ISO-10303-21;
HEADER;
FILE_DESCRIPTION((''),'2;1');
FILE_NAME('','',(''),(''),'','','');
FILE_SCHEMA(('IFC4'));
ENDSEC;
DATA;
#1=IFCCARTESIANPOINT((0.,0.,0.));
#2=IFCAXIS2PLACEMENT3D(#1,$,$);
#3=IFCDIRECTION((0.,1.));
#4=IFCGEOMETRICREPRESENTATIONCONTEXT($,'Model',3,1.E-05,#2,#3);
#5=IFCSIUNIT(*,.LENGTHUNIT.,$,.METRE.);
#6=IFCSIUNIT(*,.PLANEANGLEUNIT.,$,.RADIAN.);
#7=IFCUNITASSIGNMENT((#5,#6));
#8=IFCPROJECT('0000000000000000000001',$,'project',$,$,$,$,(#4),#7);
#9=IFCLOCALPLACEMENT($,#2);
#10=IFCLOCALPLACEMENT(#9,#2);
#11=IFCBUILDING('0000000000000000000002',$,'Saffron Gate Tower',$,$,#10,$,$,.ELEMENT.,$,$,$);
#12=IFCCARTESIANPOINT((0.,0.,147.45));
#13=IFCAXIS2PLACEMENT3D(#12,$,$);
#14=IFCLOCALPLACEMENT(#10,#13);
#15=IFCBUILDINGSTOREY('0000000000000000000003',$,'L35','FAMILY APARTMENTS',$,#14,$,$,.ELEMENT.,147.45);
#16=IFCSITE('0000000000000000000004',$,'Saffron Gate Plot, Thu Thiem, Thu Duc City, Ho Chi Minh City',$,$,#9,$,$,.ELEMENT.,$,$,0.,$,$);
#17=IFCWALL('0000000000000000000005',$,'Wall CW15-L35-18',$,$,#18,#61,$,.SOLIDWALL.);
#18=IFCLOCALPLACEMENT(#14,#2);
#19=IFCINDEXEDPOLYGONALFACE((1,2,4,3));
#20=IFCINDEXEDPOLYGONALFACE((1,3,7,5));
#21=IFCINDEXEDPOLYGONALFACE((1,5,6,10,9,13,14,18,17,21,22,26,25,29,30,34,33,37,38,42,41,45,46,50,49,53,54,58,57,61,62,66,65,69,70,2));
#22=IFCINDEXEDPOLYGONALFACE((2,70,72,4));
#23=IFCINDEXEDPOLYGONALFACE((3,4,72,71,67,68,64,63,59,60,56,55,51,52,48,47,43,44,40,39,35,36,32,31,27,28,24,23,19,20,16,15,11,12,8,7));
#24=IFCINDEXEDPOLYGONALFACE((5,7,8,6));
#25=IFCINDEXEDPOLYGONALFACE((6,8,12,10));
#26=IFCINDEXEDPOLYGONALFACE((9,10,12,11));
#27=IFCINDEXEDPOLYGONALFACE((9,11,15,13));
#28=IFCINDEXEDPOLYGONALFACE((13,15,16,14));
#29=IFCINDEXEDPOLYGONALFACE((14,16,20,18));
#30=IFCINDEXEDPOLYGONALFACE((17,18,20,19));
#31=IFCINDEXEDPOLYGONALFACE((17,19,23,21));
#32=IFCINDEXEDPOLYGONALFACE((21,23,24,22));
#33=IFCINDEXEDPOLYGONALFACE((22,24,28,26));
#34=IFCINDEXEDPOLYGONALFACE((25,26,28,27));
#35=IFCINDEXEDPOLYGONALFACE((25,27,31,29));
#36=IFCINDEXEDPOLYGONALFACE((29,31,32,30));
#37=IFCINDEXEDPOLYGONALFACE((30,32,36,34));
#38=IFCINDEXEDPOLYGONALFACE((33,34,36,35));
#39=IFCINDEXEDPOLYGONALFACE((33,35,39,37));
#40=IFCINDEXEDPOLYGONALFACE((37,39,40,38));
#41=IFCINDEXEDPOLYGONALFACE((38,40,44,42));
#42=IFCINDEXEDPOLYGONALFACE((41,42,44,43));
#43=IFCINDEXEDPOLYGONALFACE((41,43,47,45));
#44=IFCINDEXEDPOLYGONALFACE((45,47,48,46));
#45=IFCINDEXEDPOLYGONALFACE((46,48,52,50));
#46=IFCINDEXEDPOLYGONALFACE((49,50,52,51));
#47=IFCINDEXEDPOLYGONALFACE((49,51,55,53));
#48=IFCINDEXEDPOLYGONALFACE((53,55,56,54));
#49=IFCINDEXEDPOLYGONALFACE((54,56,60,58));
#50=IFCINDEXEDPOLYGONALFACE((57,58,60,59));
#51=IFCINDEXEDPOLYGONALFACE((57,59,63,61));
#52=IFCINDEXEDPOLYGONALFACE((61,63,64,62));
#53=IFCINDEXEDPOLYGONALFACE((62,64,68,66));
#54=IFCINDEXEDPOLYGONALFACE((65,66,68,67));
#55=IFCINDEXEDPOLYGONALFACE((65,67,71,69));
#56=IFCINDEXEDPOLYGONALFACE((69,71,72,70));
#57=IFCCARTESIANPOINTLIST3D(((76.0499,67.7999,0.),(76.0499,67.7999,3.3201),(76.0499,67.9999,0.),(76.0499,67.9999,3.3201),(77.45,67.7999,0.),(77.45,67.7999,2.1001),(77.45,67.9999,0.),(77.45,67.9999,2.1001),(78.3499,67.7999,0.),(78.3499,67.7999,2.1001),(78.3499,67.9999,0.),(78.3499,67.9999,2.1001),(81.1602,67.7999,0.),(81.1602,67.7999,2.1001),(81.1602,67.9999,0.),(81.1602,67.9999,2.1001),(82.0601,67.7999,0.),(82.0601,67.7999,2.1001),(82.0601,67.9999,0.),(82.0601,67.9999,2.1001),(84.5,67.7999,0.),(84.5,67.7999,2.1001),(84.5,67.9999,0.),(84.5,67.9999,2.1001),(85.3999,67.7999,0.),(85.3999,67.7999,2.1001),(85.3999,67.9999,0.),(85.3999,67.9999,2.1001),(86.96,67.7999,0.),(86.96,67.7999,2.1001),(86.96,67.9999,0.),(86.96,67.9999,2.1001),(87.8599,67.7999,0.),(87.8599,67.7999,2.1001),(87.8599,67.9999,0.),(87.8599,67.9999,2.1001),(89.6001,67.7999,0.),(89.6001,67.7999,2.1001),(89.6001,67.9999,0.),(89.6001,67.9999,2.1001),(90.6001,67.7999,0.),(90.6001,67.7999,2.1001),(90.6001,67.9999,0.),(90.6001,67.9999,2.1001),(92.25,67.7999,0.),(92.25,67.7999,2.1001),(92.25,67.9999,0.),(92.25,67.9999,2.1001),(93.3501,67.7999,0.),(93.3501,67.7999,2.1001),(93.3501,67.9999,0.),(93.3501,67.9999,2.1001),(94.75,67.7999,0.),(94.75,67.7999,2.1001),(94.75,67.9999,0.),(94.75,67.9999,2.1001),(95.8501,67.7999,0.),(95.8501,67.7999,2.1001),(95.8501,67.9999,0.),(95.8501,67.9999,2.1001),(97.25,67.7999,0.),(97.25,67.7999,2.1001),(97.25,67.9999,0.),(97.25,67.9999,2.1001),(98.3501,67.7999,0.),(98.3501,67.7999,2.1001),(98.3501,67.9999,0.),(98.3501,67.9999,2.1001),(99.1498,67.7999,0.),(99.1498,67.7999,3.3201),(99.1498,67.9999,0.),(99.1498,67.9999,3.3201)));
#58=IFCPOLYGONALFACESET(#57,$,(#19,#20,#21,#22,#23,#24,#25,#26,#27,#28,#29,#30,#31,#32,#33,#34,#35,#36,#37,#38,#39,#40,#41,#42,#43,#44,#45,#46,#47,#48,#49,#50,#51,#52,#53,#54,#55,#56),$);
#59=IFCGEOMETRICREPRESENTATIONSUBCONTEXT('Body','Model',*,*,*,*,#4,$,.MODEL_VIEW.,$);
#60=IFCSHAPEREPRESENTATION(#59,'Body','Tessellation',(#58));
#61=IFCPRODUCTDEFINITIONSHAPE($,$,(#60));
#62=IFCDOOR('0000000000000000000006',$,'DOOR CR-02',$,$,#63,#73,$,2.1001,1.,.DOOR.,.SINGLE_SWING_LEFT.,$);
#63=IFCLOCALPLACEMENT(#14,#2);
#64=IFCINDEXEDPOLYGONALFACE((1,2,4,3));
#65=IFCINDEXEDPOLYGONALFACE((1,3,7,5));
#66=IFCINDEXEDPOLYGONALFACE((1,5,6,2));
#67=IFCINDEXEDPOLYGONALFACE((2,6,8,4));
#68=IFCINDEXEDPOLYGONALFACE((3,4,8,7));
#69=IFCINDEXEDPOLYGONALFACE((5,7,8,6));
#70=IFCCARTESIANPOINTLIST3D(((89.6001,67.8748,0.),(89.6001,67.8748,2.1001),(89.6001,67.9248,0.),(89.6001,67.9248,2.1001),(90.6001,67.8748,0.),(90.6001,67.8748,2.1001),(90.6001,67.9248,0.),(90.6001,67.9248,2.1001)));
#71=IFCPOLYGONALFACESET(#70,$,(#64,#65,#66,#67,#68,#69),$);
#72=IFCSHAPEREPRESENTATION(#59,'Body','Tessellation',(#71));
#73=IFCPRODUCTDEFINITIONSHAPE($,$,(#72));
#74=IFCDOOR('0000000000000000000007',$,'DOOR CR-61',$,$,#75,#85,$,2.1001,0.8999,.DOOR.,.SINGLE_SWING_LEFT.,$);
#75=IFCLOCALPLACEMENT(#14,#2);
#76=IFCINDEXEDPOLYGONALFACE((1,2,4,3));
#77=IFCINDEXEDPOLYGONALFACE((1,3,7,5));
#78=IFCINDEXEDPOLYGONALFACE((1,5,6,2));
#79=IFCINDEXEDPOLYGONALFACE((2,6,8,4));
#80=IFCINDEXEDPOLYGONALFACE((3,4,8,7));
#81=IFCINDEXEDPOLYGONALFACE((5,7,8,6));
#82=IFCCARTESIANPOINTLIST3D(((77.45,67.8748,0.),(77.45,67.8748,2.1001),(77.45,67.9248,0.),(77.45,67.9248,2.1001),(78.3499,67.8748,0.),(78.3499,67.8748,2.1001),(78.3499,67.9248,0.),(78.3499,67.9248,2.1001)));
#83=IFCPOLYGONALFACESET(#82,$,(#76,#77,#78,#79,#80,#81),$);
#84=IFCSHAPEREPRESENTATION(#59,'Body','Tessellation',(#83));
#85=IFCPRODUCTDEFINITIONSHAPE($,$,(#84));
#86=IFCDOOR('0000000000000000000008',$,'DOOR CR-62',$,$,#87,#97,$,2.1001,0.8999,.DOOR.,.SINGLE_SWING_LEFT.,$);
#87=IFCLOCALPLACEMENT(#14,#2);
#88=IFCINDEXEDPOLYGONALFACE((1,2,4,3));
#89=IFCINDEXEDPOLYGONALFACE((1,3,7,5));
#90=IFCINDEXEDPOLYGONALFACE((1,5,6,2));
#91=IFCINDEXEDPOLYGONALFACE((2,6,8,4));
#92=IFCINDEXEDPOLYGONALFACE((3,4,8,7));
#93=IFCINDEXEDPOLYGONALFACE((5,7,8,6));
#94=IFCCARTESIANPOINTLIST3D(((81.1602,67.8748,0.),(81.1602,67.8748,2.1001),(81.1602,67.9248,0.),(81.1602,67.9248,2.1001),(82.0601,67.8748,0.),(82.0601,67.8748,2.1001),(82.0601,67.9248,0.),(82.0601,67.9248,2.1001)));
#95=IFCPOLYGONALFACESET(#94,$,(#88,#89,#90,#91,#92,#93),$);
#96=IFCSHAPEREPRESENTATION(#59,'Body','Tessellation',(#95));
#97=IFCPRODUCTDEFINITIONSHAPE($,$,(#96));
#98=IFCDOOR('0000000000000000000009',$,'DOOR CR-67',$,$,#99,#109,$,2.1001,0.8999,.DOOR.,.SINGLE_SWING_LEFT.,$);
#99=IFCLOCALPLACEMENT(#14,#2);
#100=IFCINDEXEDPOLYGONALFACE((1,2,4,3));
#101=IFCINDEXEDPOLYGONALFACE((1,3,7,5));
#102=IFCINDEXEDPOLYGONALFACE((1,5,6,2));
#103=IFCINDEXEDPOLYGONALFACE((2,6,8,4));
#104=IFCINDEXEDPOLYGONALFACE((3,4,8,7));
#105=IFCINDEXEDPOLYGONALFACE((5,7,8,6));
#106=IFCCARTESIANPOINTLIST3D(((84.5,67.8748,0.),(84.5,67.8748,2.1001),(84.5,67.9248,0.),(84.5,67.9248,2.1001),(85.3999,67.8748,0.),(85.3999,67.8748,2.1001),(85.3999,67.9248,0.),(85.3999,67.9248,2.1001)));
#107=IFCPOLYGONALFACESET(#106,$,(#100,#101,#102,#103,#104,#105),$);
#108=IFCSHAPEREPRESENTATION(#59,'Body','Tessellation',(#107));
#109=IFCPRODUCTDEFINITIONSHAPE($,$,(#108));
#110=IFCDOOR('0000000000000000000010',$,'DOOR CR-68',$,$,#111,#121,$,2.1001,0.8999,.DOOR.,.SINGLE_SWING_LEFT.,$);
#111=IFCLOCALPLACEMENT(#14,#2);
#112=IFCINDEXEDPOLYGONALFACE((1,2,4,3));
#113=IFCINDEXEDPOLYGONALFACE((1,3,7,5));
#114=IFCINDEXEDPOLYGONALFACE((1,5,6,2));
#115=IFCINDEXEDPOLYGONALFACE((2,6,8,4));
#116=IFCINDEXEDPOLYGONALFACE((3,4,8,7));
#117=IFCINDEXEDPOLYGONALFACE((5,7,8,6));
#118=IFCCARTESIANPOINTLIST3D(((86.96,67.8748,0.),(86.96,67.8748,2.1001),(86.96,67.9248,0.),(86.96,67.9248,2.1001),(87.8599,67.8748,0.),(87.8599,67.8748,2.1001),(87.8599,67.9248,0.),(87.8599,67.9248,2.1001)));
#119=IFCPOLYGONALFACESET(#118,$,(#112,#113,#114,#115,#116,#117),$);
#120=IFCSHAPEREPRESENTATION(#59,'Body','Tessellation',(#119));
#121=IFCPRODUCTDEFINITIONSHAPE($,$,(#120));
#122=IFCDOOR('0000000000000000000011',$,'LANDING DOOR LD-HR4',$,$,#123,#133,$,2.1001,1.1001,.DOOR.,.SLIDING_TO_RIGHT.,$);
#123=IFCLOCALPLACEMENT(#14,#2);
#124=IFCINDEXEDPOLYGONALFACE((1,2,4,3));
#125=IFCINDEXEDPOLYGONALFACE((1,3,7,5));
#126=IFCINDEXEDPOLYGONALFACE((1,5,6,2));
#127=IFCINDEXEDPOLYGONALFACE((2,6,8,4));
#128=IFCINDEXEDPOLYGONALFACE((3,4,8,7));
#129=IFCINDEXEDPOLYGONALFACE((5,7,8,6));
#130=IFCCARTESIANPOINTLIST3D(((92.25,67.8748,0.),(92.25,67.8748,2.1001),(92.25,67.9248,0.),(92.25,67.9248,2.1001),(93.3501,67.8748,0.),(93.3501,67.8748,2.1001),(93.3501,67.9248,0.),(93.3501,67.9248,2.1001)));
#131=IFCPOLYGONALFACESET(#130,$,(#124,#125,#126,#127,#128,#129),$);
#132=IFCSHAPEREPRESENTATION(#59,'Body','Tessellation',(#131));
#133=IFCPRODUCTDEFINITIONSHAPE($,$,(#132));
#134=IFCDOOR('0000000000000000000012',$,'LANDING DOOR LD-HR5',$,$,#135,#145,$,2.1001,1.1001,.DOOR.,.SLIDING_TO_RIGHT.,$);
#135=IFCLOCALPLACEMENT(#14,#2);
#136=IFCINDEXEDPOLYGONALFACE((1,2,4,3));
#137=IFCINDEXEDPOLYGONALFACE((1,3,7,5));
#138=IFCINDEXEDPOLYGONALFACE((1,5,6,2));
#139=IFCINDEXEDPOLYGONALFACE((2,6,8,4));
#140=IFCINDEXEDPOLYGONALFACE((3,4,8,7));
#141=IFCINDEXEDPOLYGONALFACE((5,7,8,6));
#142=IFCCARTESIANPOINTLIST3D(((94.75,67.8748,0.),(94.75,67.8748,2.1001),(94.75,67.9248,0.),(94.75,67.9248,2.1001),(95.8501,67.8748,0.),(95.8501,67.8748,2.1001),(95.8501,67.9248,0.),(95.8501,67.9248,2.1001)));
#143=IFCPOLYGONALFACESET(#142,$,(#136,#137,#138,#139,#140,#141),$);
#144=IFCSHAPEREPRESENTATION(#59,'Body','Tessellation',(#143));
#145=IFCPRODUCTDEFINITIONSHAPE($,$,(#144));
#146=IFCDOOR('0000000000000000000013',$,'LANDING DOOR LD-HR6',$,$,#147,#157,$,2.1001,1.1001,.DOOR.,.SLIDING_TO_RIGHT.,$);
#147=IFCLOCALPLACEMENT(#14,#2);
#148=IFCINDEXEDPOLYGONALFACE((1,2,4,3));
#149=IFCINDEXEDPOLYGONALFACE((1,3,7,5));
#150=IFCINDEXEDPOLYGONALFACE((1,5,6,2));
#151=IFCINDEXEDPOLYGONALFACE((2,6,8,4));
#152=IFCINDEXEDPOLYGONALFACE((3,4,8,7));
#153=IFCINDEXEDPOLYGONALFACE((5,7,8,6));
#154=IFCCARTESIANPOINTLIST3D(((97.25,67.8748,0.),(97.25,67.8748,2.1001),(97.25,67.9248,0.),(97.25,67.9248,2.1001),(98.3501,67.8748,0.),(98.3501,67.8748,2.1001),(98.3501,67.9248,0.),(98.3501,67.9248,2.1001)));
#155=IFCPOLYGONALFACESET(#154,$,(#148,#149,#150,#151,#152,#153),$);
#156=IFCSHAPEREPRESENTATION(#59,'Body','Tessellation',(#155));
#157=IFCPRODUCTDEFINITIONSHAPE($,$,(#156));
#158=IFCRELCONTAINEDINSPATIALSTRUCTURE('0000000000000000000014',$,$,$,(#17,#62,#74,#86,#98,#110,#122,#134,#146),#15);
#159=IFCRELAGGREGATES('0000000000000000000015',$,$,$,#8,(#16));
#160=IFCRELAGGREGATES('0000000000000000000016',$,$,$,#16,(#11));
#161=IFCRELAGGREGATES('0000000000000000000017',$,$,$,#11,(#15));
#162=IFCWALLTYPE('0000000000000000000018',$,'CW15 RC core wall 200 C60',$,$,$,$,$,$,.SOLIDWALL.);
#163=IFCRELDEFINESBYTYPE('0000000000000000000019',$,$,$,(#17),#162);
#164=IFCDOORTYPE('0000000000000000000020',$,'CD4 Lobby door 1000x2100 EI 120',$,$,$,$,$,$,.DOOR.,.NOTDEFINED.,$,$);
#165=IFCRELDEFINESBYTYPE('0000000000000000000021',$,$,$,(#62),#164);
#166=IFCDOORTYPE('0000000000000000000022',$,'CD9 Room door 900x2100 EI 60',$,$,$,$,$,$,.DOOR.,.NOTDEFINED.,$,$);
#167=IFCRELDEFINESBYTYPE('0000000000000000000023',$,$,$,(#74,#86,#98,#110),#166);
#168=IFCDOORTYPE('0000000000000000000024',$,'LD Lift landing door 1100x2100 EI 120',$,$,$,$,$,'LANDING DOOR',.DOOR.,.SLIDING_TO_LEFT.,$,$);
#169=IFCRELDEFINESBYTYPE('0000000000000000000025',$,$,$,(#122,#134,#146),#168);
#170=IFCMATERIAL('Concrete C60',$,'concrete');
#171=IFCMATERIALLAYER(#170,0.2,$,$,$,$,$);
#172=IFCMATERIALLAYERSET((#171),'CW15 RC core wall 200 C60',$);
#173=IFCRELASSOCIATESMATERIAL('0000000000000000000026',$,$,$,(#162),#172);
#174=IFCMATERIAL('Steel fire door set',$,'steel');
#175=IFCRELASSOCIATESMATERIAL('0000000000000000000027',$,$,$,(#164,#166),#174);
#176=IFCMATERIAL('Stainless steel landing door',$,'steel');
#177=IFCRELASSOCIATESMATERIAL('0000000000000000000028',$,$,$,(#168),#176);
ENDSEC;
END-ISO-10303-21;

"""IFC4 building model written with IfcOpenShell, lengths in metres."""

from ifc_helpers import new_model, si_unit, direction, frame, frame_2d, origin, place, context, subcontext, project, spatial, rectangle, extrude, material, layer, layer_set, type_object, element, fill, save


model = new_model("IFC4")

# Units and contexts
model_context = context("Model", 3, precision=1e-05, world=origin(), true_north=direction((0.0, 1.0)))
body_context = subcontext(model_context, "Body", "Model", "MODEL_VIEW")
ifc_project = project(units=[si_unit("LENGTHUNIT", "METRE"), si_unit("PLANEANGLEUNIT", "RADIAN")], contexts=[model_context])

# Site, building, storey
site_placement = place(None, origin())
site = spatial("IfcSite", under=ifc_project, at=site_placement, Name="Saffron Gate Plot, Thu Thiem, Thu Duc City, Ho Chi Minh City", CompositionType="ELEMENT", RefElevation=0.0)
building_placement = place(site_placement, origin())
building = spatial("IfcBuilding", under=site, at=building_placement, Name="Saffron Gate Tower", CompositionType="ELEMENT")
storey_placement = place(building_placement, frame((0.0, 0.0, 147.45)))
storey = spatial("IfcBuildingStorey", under=building, at=storey_placement, Name="L35", Description="FAMILY APARTMENTS", CompositionType="ELEMENT", Elevation=147.45)

# Shared definitions
ifc_material_1 = material(Name="Concrete C60", Category="concrete")

# Shared definitions
ifc_material_2 = material(Name="Steel fire door set", Category="steel")

# Wall, openings, doors
ifc_layer_1 = layer(ifc_material_1, 0.2)
ifc_layer_set_1 = layer_set([ifc_layer_1], Name="CW15 RC core wall 200 C60")
wall_type_1 = type_object("IfcWallType", Name="CW15 RC core wall 200 C60", PredefinedType="SOLIDWALL", material=ifc_layer_set_1)
wall_1_placement = place(storey_placement, frame((76.05, 67.8999, 0.0), z_axis=(0.0, 0.0, 1.0), x_axis=(1.0, 0.0, 0.0)))
wall_1 = element("IfcWall", 1, at=wall_1_placement, inside=storey, type_object=wall_type_1, Name="Wall CW15-L35-18", PredefinedType="SOLIDWALL", context=body_context, shape_type="SweptSolid", body=[
    extrude(rectangle(XDim=23.0999, YDim=0.2, at=frame_2d((11.5498, 0.0))), origin(), (0.0, 0.0, 1.0), 3.3201),
])
opening_1_placement = place(wall_1_placement, frame((1.3999, 0.0, 0.0)))
opening_1 = element("IfcOpeningElement", 2, at=opening_1_placement, cuts=wall_1, PredefinedType="OPENING", context=body_context, shape_type="SweptSolid", body=[
    extrude(rectangle(XDim=0.8999, YDim=2.1001, at=frame_2d((0.45, 1.05))), frame((0.0, 0.1099, 0.0), z_axis=(0.0, -1.0, 0.0), x_axis=(1.0, 0.0, 0.0)), (0.0, 0.0, 1.0), 0.22),
])
opening_2_placement = place(wall_1_placement, frame((5.1101, 0.0, 0.0)))
opening_2 = element("IfcOpeningElement", 3, at=opening_2_placement, cuts=wall_1, PredefinedType="OPENING", context=body_context, shape_type="SweptSolid", body=[
    extrude(rectangle(XDim=0.8999, YDim=2.1001, at=frame_2d((0.45, 1.05))), frame((0.0, 0.1099, 0.0), z_axis=(0.0, -1.0, 0.0), x_axis=(1.0, 0.0, 0.0)), (0.0, 0.0, 1.0), 0.22),
])
opening_3_placement = place(wall_1_placement, frame((8.45, 0.0, 0.0)))
opening_3 = element("IfcOpeningElement", 4, at=opening_3_placement, cuts=wall_1, PredefinedType="OPENING", context=body_context, shape_type="SweptSolid", body=[
    extrude(rectangle(XDim=0.8999, YDim=2.1001, at=frame_2d((0.45, 1.05))), frame((0.0, 0.1099, 0.0), z_axis=(0.0, -1.0, 0.0), x_axis=(1.0, 0.0, 0.0)), (0.0, 0.0, 1.0), 0.22),
])
opening_4_placement = place(wall_1_placement, frame((10.9099, 0.0, 0.0)))
opening_4 = element("IfcOpeningElement", 5, at=opening_4_placement, cuts=wall_1, PredefinedType="OPENING", context=body_context, shape_type="SweptSolid", body=[
    extrude(rectangle(XDim=0.8999, YDim=2.1001, at=frame_2d((0.45, 1.05))), frame((0.0, 0.1099, 0.0), z_axis=(0.0, -1.0, 0.0), x_axis=(1.0, 0.0, 0.0)), (0.0, 0.0, 1.0), 0.22),
])
opening_5_placement = place(wall_1_placement, frame((13.55, 0.0, 0.0)))
opening_5 = element("IfcOpeningElement", 6, at=opening_5_placement, cuts=wall_1, PredefinedType="OPENING", context=body_context, shape_type="SweptSolid", body=[
    extrude(rectangle(XDim=1.0, YDim=2.1001, at=frame_2d((0.5, 1.05))), frame((0.0, 0.1099, 0.0), z_axis=(0.0, -1.0, 0.0), x_axis=(1.0, 0.0, 0.0)), (0.0, 0.0, 1.0), 0.22),
])
opening_6_placement = place(wall_1_placement, frame((16.2, 0.0, 0.0)))
opening_6 = element("IfcOpeningElement", 7, at=opening_6_placement, cuts=wall_1, PredefinedType="OPENING", context=body_context, shape_type="SweptSolid", body=[
    extrude(rectangle(XDim=1.1001, YDim=2.1001, at=frame_2d((0.55, 1.05))), frame((0.0, 0.1099, 0.0), z_axis=(0.0, -1.0, 0.0), x_axis=(1.0, 0.0, 0.0)), (0.0, 0.0, 1.0), 0.22),
])
opening_7_placement = place(wall_1_placement, frame((18.7, 0.0, 0.0)))
opening_7 = element("IfcOpeningElement", 8, at=opening_7_placement, cuts=wall_1, PredefinedType="OPENING", context=body_context, shape_type="SweptSolid", body=[
    extrude(rectangle(XDim=1.1001, YDim=2.1001, at=frame_2d((0.55, 1.05))), frame((0.0, 0.1099, 0.0), z_axis=(0.0, -1.0, 0.0), x_axis=(1.0, 0.0, 0.0)), (0.0, 0.0, 1.0), 0.22),
])
opening_8_placement = place(wall_1_placement, frame((21.2, 0.0, 0.0)))
opening_8 = element("IfcOpeningElement", 9, at=opening_8_placement, cuts=wall_1, PredefinedType="OPENING", context=body_context, shape_type="SweptSolid", body=[
    extrude(rectangle(XDim=1.1001, YDim=2.1001, at=frame_2d((0.55, 1.05))), frame((0.0, 0.1099, 0.0), z_axis=(0.0, -1.0, 0.0), x_axis=(1.0, 0.0, 0.0)), (0.0, 0.0, 1.0), 0.22),
])
door_type_1 = type_object("IfcDoorType", Name="CD4 Lobby door 1000x2100 EI 120", OperationType="NOTDEFINED", PredefinedType="DOOR", material=ifc_material_2)
door_1_placement = place(opening_5_placement, origin())
door_1 = element("IfcDoor", 10, at=door_1_placement, inside=storey, type_object=door_type_1, Name="DOOR CR-02", OperationType="SINGLE_SWING_LEFT", OverallHeight=2.1001, OverallWidth=1.0, PredefinedType="DOOR", context=body_context, shape_type="SweptSolid", body=[
    extrude(rectangle(XDim=1.0, YDim=2.1001, at=frame_2d((0.5, 1.05))), frame((0.0, 0.0249, 0.0), z_axis=(0.0, -1.0, 0.0), x_axis=(1.0, 0.0, 0.0)), (0.0, 0.0, 1.0), 0.05),
])
fill(opening_5, door_1)
door_type_2 = type_object("IfcDoorType", Name="CD9 Room door 900x2100 EI 60", OperationType="NOTDEFINED", PredefinedType="DOOR", material=ifc_material_2)
door_2_placement = place(opening_1_placement, origin())
door_2 = element("IfcDoor", 11, at=door_2_placement, inside=storey, type_object=door_type_2, Name="DOOR CR-61", OperationType="SINGLE_SWING_LEFT", OverallHeight=2.1001, OverallWidth=0.8999, PredefinedType="DOOR", context=body_context, shape_type="SweptSolid", body=[
    extrude(rectangle(XDim=0.8999, YDim=2.1001, at=frame_2d((0.45, 1.05))), frame((0.0, 0.0249, 0.0), z_axis=(0.0, -1.0, 0.0), x_axis=(1.0, 0.0, 0.0)), (0.0, 0.0, 1.0), 0.05),
])
fill(opening_1, door_2)
door_3_placement = place(opening_2_placement, origin())
door_3 = element("IfcDoor", 12, at=door_3_placement, inside=storey, type_object=door_type_2, Name="DOOR CR-62", OperationType="SINGLE_SWING_LEFT", OverallHeight=2.1001, OverallWidth=0.8999, PredefinedType="DOOR", context=body_context, shape_type="SweptSolid", body=[
    extrude(rectangle(XDim=0.8999, YDim=2.1001, at=frame_2d((0.45, 1.05))), frame((0.0, 0.0249, 0.0), z_axis=(0.0, -1.0, 0.0), x_axis=(1.0, 0.0, 0.0)), (0.0, 0.0, 1.0), 0.05),
])
fill(opening_2, door_3)
door_4_placement = place(opening_3_placement, origin())
door_4 = element("IfcDoor", 13, at=door_4_placement, inside=storey, type_object=door_type_2, Name="DOOR CR-67", OperationType="SINGLE_SWING_LEFT", OverallHeight=2.1001, OverallWidth=0.8999, PredefinedType="DOOR", context=body_context, shape_type="SweptSolid", body=[
    extrude(rectangle(XDim=0.8999, YDim=2.1001, at=frame_2d((0.45, 1.05))), frame((0.0, 0.0249, 0.0), z_axis=(0.0, -1.0, 0.0), x_axis=(1.0, 0.0, 0.0)), (0.0, 0.0, 1.0), 0.05),
])
fill(opening_3, door_4)
door_5_placement = place(opening_4_placement, origin())
door_5 = element("IfcDoor", 14, at=door_5_placement, inside=storey, type_object=door_type_2, Name="DOOR CR-68", OperationType="SINGLE_SWING_LEFT", OverallHeight=2.1001, OverallWidth=0.8999, PredefinedType="DOOR", context=body_context, shape_type="SweptSolid", body=[
    extrude(rectangle(XDim=0.8999, YDim=2.1001, at=frame_2d((0.45, 1.05))), frame((0.0, 0.0249, 0.0), z_axis=(0.0, -1.0, 0.0), x_axis=(1.0, 0.0, 0.0)), (0.0, 0.0, 1.0), 0.05),
])
fill(opening_4, door_5)
ifc_material_3 = material(Name="Stainless steel landing door", Category="steel")
door_type_3 = type_object("IfcDoorType", Name="LD Lift landing door 1100x2100 EI 120", ElementType="LANDING DOOR", OperationType="SLIDING_TO_LEFT", PredefinedType="DOOR", material=ifc_material_3)
door_6_placement = place(opening_6_placement, origin())
door_6 = element("IfcDoor", 15, at=door_6_placement, inside=storey, type_object=door_type_3, Name="LANDING DOOR LD-HR4", OperationType="SLIDING_TO_RIGHT", OverallHeight=2.1001, OverallWidth=1.1001, PredefinedType="DOOR", context=body_context, shape_type="SweptSolid", body=[
    extrude(rectangle(XDim=1.1001, YDim=2.1001, at=frame_2d((0.55, 1.05))), frame((0.0, 0.0249, 0.0), z_axis=(0.0, -1.0, 0.0), x_axis=(1.0, 0.0, 0.0)), (0.0, 0.0, 1.0), 0.05),
])
fill(opening_6, door_6)
door_7_placement = place(opening_7_placement, origin())
door_7 = element("IfcDoor", 16, at=door_7_placement, inside=storey, type_object=door_type_3, Name="LANDING DOOR LD-HR5", OperationType="SLIDING_TO_RIGHT", OverallHeight=2.1001, OverallWidth=1.1001, PredefinedType="DOOR", context=body_context, shape_type="SweptSolid", body=[
    extrude(rectangle(XDim=1.1001, YDim=2.1001, at=frame_2d((0.55, 1.05))), frame((0.0, 0.0249, 0.0), z_axis=(0.0, -1.0, 0.0), x_axis=(1.0, 0.0, 0.0)), (0.0, 0.0, 1.0), 0.05),
])
fill(opening_7, door_7)
door_8_placement = place(opening_8_placement, origin())
door_8 = element("IfcDoor", 17, at=door_8_placement, inside=storey, type_object=door_type_3, Name="LANDING DOOR LD-HR6", OperationType="SLIDING_TO_RIGHT", OverallHeight=2.1001, OverallWidth=1.1001, PredefinedType="DOOR", context=body_context, shape_type="SweptSolid", body=[
    extrude(rectangle(XDim=1.1001, YDim=2.1001, at=frame_2d((0.55, 1.05))), frame((0.0, 0.0249, 0.0), z_axis=(0.0, -1.0, 0.0), x_axis=(1.0, 0.0, 0.0)), (0.0, 0.0, 1.0), 0.05),
])
fill(opening_8, door_8)

save(model, "model.ifc")
